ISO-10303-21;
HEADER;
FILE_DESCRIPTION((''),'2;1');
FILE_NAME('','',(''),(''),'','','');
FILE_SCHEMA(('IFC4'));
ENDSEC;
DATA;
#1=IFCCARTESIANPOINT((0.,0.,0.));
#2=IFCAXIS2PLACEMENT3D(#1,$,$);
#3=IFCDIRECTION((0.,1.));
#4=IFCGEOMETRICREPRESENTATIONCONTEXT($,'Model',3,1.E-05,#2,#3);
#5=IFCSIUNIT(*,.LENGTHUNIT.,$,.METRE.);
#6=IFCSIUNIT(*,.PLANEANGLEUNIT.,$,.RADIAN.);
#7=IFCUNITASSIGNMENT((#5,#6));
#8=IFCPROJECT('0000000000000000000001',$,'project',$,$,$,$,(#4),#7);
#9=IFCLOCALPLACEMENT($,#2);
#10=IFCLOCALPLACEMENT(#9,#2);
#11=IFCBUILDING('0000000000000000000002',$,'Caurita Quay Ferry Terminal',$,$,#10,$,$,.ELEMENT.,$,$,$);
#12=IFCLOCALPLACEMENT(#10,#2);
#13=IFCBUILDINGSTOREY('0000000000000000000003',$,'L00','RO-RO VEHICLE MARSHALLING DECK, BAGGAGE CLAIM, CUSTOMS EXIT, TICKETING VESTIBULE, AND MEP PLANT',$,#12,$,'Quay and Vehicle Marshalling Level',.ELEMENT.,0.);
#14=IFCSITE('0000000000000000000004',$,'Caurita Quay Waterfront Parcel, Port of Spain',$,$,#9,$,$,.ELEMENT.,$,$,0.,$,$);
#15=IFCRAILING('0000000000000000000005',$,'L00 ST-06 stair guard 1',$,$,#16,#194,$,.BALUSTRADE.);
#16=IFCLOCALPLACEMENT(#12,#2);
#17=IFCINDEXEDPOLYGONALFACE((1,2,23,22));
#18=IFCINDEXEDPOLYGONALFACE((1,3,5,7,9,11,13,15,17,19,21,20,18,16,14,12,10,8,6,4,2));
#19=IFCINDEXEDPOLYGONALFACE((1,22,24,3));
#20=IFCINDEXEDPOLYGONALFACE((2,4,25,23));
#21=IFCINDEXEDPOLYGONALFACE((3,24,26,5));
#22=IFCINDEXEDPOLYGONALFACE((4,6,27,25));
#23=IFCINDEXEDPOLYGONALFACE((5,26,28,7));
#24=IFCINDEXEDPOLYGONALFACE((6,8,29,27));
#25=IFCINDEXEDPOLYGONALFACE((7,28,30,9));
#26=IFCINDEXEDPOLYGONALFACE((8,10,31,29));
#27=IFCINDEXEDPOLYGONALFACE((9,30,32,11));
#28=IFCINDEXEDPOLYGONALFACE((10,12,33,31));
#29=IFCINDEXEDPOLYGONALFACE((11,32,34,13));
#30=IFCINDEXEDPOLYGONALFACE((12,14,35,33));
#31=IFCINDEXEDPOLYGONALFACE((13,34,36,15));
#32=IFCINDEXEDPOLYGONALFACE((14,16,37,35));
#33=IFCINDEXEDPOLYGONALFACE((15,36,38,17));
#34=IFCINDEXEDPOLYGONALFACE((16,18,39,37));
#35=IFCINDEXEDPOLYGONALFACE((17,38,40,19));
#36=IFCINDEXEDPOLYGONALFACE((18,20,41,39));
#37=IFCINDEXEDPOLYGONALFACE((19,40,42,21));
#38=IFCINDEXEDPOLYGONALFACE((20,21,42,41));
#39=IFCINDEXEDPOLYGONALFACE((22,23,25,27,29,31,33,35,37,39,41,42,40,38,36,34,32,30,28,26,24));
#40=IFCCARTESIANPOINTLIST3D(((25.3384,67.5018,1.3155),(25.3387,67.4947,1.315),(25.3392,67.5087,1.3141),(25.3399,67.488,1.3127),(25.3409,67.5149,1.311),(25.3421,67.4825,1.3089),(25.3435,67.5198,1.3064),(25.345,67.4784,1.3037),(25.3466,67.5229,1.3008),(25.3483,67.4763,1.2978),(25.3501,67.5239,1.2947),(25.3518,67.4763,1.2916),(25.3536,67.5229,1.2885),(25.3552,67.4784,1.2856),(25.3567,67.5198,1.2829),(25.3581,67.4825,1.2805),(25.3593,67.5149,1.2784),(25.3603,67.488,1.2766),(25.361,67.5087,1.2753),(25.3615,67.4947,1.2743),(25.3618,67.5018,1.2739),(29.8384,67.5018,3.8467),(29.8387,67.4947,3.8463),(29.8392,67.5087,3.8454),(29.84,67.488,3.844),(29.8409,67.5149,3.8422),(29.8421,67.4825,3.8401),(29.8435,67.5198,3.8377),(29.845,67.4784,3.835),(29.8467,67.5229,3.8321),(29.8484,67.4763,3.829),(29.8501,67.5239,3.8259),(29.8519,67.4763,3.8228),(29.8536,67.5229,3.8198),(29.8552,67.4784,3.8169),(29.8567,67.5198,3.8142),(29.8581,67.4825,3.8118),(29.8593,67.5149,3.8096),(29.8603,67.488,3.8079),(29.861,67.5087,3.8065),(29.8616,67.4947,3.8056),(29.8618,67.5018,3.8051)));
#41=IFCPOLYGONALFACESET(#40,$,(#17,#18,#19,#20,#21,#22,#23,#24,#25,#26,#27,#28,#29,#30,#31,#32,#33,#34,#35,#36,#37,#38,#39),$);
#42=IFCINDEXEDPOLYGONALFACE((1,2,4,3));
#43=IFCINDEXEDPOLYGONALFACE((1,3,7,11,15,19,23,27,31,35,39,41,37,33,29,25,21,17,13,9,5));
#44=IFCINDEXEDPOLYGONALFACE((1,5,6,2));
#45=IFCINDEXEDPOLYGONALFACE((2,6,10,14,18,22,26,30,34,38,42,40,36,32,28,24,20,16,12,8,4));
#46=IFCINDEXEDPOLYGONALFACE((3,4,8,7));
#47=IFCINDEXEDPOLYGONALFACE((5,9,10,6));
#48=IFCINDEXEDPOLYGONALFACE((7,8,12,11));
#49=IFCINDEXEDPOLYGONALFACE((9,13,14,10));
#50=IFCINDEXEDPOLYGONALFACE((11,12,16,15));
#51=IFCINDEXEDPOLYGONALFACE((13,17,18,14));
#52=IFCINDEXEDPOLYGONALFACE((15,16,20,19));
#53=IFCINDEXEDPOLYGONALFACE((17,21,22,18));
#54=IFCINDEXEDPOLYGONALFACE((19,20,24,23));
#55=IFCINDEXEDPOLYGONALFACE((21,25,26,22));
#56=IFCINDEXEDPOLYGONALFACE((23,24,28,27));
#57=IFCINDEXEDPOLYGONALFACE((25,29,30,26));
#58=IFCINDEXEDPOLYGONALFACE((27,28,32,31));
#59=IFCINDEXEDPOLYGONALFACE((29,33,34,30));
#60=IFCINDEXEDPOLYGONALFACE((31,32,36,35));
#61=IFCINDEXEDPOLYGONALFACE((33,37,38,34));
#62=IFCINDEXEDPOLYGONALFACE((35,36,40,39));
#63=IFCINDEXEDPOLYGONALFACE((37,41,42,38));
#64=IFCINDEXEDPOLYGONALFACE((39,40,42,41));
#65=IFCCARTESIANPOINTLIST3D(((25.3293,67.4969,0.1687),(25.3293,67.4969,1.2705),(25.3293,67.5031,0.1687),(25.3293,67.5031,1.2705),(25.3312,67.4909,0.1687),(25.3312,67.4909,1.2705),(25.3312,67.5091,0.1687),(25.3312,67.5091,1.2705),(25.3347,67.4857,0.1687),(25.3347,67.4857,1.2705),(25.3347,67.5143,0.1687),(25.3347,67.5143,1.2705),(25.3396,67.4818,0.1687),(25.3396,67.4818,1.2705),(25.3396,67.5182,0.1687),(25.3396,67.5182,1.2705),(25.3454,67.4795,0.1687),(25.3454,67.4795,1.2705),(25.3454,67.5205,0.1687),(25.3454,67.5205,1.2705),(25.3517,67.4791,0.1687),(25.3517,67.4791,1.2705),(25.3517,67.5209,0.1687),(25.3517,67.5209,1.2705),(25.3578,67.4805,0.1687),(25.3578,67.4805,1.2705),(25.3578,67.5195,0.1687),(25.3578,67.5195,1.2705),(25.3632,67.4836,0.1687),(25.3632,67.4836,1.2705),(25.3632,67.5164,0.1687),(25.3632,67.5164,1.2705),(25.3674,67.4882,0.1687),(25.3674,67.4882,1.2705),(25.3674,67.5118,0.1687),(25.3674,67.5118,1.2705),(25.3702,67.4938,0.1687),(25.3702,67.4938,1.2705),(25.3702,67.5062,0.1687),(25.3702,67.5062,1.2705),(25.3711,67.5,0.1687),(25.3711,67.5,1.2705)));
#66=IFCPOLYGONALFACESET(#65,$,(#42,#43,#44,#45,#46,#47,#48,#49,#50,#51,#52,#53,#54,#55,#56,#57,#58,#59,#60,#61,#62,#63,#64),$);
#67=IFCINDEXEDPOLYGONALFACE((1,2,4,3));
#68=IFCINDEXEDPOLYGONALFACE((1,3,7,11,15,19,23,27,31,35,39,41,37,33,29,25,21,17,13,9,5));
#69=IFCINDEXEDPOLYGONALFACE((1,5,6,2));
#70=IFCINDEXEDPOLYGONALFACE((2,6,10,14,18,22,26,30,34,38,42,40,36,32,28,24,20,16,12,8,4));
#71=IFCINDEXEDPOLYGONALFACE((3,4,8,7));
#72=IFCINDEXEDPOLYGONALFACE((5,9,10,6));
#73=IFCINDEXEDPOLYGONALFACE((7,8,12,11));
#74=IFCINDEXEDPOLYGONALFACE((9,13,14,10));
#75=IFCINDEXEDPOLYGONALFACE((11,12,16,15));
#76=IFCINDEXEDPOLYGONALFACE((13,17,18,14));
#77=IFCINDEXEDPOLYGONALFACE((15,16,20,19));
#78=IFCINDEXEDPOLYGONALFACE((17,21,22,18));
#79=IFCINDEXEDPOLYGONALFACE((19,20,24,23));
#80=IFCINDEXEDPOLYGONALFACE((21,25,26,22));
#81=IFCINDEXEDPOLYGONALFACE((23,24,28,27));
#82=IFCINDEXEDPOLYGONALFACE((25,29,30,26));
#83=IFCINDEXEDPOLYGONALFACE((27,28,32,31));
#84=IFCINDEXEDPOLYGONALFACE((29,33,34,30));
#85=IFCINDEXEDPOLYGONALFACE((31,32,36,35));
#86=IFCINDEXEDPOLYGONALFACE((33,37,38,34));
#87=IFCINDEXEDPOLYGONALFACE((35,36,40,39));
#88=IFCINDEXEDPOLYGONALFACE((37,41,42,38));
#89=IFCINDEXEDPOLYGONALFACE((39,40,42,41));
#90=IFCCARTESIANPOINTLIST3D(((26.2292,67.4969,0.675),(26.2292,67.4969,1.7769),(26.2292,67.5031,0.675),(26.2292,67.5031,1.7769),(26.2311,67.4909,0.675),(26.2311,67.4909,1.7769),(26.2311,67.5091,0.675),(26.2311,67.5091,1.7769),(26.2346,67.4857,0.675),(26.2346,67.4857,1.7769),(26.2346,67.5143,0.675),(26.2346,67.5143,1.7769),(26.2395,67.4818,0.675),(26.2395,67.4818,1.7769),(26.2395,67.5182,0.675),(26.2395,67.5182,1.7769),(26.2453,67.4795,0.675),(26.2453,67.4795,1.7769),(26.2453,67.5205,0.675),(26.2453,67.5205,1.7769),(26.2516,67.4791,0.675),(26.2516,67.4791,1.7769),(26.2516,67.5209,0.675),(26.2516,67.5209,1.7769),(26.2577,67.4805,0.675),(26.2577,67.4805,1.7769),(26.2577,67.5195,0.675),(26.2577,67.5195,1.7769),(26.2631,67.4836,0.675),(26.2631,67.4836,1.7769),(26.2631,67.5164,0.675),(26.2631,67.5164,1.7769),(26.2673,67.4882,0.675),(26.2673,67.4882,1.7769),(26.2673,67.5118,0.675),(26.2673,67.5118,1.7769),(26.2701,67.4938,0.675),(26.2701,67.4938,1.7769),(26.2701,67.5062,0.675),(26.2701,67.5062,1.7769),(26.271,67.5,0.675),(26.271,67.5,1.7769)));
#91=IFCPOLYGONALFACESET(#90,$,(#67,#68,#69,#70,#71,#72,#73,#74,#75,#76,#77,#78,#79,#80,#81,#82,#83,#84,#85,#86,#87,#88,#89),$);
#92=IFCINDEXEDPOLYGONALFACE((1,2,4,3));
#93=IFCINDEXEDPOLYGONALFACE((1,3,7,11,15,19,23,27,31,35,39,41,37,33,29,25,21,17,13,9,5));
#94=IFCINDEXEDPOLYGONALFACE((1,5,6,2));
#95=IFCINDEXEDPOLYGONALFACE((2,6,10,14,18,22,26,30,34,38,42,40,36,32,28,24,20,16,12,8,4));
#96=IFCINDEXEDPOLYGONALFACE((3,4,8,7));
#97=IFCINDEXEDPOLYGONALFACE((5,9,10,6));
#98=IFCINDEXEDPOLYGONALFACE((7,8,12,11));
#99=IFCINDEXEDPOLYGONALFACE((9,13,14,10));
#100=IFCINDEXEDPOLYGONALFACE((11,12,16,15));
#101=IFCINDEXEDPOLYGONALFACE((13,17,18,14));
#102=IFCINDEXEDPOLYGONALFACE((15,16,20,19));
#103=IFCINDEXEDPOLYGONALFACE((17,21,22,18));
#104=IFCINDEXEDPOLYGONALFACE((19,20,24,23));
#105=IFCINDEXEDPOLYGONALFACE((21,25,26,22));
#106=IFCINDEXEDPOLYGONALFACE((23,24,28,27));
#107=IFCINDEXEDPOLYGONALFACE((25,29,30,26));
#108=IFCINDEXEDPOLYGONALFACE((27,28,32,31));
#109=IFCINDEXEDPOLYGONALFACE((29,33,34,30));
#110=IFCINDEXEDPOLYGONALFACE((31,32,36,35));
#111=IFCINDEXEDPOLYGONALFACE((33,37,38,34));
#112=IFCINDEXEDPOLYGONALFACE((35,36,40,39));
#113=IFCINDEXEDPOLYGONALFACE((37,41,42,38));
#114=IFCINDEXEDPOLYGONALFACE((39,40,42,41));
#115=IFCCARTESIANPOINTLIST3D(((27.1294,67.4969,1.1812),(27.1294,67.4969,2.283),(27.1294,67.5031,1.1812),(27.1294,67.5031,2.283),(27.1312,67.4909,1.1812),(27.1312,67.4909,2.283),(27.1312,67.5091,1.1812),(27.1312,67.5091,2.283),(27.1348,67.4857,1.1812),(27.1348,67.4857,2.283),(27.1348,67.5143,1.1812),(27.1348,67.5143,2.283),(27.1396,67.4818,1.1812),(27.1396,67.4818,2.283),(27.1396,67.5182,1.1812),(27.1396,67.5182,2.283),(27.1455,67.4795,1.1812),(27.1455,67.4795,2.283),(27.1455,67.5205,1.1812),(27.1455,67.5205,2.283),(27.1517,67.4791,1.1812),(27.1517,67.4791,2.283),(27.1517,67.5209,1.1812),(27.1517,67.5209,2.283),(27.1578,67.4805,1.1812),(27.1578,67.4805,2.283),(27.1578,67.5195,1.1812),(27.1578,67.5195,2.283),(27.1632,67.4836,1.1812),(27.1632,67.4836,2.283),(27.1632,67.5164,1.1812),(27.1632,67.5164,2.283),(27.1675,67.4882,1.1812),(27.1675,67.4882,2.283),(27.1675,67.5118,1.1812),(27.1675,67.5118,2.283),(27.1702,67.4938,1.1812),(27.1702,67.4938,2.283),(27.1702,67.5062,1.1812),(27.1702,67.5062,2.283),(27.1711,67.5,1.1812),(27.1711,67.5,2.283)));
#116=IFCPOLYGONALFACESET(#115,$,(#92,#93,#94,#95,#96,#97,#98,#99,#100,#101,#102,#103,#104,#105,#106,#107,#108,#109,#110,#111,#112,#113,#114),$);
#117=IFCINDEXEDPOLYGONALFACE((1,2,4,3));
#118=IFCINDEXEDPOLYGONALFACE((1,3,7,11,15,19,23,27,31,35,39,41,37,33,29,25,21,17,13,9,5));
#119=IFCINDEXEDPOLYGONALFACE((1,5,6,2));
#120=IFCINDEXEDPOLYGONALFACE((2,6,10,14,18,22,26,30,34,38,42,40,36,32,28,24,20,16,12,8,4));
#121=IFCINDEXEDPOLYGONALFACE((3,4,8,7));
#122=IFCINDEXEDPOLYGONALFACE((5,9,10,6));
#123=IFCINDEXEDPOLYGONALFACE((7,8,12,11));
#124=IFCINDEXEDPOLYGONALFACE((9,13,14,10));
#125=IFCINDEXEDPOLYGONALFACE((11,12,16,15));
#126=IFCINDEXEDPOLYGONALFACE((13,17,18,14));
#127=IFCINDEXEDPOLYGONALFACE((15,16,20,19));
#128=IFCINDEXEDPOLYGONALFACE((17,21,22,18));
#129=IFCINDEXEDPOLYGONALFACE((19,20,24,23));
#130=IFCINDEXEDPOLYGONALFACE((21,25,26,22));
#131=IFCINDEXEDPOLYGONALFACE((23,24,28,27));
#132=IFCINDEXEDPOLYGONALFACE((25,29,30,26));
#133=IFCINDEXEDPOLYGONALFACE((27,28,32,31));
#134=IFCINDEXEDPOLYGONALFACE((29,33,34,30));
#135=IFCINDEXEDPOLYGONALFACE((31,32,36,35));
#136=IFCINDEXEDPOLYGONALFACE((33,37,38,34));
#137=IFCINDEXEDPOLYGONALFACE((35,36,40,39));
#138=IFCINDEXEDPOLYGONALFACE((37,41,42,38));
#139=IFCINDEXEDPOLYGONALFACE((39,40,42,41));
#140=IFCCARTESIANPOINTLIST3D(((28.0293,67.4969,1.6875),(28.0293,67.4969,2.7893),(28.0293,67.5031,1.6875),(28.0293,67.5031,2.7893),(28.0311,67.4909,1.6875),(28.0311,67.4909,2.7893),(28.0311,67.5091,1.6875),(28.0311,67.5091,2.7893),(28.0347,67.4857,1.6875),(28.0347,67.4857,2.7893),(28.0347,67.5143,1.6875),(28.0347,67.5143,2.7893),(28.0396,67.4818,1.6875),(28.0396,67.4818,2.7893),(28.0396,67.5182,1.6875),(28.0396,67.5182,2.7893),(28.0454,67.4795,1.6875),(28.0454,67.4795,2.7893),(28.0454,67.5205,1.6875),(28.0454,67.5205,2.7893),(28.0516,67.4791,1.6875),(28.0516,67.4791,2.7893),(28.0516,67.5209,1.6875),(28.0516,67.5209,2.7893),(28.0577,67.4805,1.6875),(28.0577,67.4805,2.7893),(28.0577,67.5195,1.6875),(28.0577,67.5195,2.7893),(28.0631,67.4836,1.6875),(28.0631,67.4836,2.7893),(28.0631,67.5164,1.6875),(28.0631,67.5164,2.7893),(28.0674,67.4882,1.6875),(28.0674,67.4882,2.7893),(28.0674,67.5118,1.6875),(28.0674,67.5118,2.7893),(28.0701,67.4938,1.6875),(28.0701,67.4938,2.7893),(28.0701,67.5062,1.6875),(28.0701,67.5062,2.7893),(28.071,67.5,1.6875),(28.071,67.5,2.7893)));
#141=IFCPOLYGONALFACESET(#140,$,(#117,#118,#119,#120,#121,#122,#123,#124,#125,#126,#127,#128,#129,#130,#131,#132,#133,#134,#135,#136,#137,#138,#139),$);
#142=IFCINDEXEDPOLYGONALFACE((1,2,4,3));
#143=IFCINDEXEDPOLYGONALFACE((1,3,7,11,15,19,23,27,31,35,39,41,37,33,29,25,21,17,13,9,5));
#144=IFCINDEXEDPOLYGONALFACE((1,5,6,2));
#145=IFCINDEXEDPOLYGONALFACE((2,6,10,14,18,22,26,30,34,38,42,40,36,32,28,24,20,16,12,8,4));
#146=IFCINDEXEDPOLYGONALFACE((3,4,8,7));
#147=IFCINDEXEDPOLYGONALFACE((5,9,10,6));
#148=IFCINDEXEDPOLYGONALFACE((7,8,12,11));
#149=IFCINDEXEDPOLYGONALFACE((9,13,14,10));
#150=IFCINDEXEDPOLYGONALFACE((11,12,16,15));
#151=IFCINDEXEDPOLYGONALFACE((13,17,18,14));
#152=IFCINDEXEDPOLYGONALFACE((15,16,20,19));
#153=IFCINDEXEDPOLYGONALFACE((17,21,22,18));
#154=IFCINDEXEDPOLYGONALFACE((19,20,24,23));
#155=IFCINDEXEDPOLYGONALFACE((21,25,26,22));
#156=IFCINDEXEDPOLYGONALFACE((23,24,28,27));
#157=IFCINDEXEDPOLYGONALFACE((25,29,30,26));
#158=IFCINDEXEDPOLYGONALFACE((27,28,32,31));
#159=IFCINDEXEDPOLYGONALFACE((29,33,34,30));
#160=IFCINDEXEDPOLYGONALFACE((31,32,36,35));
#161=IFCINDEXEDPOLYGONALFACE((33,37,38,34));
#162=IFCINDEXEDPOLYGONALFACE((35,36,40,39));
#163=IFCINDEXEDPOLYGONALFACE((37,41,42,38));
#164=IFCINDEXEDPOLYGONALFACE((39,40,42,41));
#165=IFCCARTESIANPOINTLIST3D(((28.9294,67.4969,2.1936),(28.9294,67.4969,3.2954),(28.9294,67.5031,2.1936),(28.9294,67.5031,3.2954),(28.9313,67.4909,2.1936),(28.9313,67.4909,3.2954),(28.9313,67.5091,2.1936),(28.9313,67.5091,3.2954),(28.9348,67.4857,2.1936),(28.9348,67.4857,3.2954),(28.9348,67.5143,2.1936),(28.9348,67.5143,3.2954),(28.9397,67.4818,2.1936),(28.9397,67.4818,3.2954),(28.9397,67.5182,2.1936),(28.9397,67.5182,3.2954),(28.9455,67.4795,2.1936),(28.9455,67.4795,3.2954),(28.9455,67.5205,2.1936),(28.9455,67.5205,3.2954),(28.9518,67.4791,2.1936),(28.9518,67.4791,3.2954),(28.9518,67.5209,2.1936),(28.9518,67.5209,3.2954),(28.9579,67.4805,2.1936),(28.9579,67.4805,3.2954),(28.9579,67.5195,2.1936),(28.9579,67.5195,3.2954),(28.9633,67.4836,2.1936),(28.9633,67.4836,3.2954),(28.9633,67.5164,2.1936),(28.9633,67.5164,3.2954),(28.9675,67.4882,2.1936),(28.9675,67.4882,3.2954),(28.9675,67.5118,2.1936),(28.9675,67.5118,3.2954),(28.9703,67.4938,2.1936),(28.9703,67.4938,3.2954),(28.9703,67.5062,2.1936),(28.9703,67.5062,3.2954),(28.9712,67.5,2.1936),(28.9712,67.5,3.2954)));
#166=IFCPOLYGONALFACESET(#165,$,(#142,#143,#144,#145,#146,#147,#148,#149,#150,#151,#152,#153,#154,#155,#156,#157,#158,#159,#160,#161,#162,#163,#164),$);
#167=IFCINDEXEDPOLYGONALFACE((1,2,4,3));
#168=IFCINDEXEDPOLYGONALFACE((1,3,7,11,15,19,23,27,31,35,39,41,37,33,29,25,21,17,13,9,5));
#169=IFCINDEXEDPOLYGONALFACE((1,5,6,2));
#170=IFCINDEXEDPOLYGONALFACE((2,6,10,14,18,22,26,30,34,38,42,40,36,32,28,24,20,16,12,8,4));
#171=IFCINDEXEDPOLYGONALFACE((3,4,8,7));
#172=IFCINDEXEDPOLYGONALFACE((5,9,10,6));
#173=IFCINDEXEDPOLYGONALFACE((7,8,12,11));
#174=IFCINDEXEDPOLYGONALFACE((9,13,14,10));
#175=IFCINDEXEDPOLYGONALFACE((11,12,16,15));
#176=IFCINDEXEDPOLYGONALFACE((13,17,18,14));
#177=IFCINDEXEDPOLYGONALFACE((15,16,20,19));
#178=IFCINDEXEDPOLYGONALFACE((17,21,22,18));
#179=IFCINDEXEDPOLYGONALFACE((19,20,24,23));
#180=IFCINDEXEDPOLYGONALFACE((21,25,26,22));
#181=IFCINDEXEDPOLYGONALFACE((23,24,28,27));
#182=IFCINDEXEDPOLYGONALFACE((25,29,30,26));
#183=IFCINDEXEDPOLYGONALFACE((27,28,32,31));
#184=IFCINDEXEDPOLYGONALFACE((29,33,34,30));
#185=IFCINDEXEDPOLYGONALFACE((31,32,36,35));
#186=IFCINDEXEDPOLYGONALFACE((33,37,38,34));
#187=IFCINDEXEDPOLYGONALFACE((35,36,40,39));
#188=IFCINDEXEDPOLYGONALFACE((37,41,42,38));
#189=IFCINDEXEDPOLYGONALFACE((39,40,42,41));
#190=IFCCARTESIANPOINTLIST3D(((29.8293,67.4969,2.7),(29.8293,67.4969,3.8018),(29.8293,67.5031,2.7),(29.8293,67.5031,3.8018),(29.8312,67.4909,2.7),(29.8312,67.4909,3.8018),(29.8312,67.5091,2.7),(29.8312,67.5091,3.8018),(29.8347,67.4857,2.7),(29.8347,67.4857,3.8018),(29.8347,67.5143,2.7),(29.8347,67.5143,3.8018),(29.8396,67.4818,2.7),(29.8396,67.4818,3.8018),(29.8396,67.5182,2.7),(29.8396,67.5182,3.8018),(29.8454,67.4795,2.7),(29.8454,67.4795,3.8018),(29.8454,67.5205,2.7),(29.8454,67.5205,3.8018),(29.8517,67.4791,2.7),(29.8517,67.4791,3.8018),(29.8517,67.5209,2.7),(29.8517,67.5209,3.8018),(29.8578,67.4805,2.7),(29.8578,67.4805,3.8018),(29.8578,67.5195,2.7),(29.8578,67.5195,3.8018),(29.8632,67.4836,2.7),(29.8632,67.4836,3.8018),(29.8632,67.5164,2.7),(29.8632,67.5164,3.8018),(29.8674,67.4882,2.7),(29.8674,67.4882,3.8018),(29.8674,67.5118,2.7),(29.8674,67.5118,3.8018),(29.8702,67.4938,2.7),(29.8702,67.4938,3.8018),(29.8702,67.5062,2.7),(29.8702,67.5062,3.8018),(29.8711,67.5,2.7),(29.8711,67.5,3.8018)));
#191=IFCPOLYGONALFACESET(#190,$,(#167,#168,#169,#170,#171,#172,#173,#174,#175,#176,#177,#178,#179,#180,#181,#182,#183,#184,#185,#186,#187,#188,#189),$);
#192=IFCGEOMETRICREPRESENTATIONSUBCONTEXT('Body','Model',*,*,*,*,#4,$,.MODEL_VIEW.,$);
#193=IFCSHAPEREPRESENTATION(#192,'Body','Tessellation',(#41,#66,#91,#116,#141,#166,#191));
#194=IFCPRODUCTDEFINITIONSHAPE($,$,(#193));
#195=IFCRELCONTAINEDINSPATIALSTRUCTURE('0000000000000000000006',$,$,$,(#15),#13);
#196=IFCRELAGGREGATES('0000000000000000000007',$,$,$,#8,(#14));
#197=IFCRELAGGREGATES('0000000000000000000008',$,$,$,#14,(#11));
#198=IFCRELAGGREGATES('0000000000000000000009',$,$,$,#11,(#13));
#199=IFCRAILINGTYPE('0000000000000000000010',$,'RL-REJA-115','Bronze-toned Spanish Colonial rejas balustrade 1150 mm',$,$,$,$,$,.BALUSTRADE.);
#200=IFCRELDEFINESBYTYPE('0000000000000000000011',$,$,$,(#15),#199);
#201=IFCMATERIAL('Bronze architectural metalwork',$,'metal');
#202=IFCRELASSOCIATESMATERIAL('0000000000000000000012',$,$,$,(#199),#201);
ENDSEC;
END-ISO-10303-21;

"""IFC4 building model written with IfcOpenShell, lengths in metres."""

from ifc_helpers import new_model, si_unit, direction, frame, origin, origin_2d, place, context, subcontext, project, spatial, circle, extrude, material, type_object, element, save


model = new_model("IFC4")

# Units and contexts
model_context = context("Model", 3, precision=1e-05, world=origin(), true_north=direction((0.0, 1.0)))
body_context = subcontext(model_context, "Body", "Model", "MODEL_VIEW")
ifc_project = project(units=[si_unit("LENGTHUNIT", "METRE"), si_unit("PLANEANGLEUNIT", "RADIAN")], contexts=[model_context])

# Site, building, storey
site_placement = place(None, origin())
site = spatial("IfcSite", under=ifc_project, at=site_placement, Name="Caurita Quay Waterfront Parcel, Port of Spain", CompositionType="ELEMENT", RefElevation=0.0)
building_placement = place(site_placement, origin())
building = spatial("IfcBuilding", under=site, at=building_placement, Name="Caurita Quay Ferry Terminal", CompositionType="ELEMENT")
storey_placement = place(building_placement, origin())
storey = spatial("IfcBuildingStorey", under=building, at=storey_placement, Name="L00", Description="RO-RO VEHICLE MARSHALLING DECK, BAGGAGE CLAIM, CUSTOMS EXIT, TICKETING VESTIBULE, AND MEP PLANT", LongName="Quay and Vehicle Marshalling Level", CompositionType="ELEMENT", Elevation=0.0)

# Railing
ifc_material_1 = material(Name="Bronze architectural metalwork", Category="metal")
railing_type_1 = type_object("IfcRailingType", Name="RL-REJA-115", Description="Bronze-toned Spanish Colonial rejas balustrade 1150 mm", PredefinedType="BALUSTRADE", material=ifc_material_1)
railing_1_placement = place(storey_placement, frame((25.3501, 67.5, 0.1687)))
element("IfcRailing", 1, at=railing_1_placement, inside=storey, type_object=railing_type_1, Name="L00 ST-06 stair guard 1", PredefinedType="BALUSTRADE", context=body_context, shape_type="SweptSolid", body=[
    extrude(circle(Radius=0.0239, at=origin_2d()), frame((0.0, 0.0, 1.126), z_axis=(0.871576, 0.0, 0.490261), x_axis=(0.0, 1.0, 0.0)), (0.0, 0.0, 1.0), 5.1631),
    extrude(circle(Radius=0.021, at=origin_2d()), origin(), (0.0, 0.0, 1.0), 1.1018),
    extrude(circle(Radius=0.021, at=origin_2d()), frame((0.8999, 0.0, 0.5063)), (0.0, 0.0, 1.0), 1.1018),
    extrude(circle(Radius=0.021, at=origin_2d()), frame((1.8, 0.0, 1.0125)), (0.0, 0.0, 1.0), 1.1018),
    extrude(circle(Radius=0.021, at=origin_2d()), frame((2.7, 0.0, 1.5188)), (0.0, 0.0, 1.0), 1.1018),
    extrude(circle(Radius=0.021, at=origin_2d()), frame((3.6001, 0.0, 2.0249)), (0.0, 0.0, 1.0), 1.1018),
    extrude(circle(Radius=0.021, at=origin_2d()), frame((4.5, 0.0, 2.5312)), (0.0, 0.0, 1.0), 1.1018),
])

save(model, "model.ifc")
